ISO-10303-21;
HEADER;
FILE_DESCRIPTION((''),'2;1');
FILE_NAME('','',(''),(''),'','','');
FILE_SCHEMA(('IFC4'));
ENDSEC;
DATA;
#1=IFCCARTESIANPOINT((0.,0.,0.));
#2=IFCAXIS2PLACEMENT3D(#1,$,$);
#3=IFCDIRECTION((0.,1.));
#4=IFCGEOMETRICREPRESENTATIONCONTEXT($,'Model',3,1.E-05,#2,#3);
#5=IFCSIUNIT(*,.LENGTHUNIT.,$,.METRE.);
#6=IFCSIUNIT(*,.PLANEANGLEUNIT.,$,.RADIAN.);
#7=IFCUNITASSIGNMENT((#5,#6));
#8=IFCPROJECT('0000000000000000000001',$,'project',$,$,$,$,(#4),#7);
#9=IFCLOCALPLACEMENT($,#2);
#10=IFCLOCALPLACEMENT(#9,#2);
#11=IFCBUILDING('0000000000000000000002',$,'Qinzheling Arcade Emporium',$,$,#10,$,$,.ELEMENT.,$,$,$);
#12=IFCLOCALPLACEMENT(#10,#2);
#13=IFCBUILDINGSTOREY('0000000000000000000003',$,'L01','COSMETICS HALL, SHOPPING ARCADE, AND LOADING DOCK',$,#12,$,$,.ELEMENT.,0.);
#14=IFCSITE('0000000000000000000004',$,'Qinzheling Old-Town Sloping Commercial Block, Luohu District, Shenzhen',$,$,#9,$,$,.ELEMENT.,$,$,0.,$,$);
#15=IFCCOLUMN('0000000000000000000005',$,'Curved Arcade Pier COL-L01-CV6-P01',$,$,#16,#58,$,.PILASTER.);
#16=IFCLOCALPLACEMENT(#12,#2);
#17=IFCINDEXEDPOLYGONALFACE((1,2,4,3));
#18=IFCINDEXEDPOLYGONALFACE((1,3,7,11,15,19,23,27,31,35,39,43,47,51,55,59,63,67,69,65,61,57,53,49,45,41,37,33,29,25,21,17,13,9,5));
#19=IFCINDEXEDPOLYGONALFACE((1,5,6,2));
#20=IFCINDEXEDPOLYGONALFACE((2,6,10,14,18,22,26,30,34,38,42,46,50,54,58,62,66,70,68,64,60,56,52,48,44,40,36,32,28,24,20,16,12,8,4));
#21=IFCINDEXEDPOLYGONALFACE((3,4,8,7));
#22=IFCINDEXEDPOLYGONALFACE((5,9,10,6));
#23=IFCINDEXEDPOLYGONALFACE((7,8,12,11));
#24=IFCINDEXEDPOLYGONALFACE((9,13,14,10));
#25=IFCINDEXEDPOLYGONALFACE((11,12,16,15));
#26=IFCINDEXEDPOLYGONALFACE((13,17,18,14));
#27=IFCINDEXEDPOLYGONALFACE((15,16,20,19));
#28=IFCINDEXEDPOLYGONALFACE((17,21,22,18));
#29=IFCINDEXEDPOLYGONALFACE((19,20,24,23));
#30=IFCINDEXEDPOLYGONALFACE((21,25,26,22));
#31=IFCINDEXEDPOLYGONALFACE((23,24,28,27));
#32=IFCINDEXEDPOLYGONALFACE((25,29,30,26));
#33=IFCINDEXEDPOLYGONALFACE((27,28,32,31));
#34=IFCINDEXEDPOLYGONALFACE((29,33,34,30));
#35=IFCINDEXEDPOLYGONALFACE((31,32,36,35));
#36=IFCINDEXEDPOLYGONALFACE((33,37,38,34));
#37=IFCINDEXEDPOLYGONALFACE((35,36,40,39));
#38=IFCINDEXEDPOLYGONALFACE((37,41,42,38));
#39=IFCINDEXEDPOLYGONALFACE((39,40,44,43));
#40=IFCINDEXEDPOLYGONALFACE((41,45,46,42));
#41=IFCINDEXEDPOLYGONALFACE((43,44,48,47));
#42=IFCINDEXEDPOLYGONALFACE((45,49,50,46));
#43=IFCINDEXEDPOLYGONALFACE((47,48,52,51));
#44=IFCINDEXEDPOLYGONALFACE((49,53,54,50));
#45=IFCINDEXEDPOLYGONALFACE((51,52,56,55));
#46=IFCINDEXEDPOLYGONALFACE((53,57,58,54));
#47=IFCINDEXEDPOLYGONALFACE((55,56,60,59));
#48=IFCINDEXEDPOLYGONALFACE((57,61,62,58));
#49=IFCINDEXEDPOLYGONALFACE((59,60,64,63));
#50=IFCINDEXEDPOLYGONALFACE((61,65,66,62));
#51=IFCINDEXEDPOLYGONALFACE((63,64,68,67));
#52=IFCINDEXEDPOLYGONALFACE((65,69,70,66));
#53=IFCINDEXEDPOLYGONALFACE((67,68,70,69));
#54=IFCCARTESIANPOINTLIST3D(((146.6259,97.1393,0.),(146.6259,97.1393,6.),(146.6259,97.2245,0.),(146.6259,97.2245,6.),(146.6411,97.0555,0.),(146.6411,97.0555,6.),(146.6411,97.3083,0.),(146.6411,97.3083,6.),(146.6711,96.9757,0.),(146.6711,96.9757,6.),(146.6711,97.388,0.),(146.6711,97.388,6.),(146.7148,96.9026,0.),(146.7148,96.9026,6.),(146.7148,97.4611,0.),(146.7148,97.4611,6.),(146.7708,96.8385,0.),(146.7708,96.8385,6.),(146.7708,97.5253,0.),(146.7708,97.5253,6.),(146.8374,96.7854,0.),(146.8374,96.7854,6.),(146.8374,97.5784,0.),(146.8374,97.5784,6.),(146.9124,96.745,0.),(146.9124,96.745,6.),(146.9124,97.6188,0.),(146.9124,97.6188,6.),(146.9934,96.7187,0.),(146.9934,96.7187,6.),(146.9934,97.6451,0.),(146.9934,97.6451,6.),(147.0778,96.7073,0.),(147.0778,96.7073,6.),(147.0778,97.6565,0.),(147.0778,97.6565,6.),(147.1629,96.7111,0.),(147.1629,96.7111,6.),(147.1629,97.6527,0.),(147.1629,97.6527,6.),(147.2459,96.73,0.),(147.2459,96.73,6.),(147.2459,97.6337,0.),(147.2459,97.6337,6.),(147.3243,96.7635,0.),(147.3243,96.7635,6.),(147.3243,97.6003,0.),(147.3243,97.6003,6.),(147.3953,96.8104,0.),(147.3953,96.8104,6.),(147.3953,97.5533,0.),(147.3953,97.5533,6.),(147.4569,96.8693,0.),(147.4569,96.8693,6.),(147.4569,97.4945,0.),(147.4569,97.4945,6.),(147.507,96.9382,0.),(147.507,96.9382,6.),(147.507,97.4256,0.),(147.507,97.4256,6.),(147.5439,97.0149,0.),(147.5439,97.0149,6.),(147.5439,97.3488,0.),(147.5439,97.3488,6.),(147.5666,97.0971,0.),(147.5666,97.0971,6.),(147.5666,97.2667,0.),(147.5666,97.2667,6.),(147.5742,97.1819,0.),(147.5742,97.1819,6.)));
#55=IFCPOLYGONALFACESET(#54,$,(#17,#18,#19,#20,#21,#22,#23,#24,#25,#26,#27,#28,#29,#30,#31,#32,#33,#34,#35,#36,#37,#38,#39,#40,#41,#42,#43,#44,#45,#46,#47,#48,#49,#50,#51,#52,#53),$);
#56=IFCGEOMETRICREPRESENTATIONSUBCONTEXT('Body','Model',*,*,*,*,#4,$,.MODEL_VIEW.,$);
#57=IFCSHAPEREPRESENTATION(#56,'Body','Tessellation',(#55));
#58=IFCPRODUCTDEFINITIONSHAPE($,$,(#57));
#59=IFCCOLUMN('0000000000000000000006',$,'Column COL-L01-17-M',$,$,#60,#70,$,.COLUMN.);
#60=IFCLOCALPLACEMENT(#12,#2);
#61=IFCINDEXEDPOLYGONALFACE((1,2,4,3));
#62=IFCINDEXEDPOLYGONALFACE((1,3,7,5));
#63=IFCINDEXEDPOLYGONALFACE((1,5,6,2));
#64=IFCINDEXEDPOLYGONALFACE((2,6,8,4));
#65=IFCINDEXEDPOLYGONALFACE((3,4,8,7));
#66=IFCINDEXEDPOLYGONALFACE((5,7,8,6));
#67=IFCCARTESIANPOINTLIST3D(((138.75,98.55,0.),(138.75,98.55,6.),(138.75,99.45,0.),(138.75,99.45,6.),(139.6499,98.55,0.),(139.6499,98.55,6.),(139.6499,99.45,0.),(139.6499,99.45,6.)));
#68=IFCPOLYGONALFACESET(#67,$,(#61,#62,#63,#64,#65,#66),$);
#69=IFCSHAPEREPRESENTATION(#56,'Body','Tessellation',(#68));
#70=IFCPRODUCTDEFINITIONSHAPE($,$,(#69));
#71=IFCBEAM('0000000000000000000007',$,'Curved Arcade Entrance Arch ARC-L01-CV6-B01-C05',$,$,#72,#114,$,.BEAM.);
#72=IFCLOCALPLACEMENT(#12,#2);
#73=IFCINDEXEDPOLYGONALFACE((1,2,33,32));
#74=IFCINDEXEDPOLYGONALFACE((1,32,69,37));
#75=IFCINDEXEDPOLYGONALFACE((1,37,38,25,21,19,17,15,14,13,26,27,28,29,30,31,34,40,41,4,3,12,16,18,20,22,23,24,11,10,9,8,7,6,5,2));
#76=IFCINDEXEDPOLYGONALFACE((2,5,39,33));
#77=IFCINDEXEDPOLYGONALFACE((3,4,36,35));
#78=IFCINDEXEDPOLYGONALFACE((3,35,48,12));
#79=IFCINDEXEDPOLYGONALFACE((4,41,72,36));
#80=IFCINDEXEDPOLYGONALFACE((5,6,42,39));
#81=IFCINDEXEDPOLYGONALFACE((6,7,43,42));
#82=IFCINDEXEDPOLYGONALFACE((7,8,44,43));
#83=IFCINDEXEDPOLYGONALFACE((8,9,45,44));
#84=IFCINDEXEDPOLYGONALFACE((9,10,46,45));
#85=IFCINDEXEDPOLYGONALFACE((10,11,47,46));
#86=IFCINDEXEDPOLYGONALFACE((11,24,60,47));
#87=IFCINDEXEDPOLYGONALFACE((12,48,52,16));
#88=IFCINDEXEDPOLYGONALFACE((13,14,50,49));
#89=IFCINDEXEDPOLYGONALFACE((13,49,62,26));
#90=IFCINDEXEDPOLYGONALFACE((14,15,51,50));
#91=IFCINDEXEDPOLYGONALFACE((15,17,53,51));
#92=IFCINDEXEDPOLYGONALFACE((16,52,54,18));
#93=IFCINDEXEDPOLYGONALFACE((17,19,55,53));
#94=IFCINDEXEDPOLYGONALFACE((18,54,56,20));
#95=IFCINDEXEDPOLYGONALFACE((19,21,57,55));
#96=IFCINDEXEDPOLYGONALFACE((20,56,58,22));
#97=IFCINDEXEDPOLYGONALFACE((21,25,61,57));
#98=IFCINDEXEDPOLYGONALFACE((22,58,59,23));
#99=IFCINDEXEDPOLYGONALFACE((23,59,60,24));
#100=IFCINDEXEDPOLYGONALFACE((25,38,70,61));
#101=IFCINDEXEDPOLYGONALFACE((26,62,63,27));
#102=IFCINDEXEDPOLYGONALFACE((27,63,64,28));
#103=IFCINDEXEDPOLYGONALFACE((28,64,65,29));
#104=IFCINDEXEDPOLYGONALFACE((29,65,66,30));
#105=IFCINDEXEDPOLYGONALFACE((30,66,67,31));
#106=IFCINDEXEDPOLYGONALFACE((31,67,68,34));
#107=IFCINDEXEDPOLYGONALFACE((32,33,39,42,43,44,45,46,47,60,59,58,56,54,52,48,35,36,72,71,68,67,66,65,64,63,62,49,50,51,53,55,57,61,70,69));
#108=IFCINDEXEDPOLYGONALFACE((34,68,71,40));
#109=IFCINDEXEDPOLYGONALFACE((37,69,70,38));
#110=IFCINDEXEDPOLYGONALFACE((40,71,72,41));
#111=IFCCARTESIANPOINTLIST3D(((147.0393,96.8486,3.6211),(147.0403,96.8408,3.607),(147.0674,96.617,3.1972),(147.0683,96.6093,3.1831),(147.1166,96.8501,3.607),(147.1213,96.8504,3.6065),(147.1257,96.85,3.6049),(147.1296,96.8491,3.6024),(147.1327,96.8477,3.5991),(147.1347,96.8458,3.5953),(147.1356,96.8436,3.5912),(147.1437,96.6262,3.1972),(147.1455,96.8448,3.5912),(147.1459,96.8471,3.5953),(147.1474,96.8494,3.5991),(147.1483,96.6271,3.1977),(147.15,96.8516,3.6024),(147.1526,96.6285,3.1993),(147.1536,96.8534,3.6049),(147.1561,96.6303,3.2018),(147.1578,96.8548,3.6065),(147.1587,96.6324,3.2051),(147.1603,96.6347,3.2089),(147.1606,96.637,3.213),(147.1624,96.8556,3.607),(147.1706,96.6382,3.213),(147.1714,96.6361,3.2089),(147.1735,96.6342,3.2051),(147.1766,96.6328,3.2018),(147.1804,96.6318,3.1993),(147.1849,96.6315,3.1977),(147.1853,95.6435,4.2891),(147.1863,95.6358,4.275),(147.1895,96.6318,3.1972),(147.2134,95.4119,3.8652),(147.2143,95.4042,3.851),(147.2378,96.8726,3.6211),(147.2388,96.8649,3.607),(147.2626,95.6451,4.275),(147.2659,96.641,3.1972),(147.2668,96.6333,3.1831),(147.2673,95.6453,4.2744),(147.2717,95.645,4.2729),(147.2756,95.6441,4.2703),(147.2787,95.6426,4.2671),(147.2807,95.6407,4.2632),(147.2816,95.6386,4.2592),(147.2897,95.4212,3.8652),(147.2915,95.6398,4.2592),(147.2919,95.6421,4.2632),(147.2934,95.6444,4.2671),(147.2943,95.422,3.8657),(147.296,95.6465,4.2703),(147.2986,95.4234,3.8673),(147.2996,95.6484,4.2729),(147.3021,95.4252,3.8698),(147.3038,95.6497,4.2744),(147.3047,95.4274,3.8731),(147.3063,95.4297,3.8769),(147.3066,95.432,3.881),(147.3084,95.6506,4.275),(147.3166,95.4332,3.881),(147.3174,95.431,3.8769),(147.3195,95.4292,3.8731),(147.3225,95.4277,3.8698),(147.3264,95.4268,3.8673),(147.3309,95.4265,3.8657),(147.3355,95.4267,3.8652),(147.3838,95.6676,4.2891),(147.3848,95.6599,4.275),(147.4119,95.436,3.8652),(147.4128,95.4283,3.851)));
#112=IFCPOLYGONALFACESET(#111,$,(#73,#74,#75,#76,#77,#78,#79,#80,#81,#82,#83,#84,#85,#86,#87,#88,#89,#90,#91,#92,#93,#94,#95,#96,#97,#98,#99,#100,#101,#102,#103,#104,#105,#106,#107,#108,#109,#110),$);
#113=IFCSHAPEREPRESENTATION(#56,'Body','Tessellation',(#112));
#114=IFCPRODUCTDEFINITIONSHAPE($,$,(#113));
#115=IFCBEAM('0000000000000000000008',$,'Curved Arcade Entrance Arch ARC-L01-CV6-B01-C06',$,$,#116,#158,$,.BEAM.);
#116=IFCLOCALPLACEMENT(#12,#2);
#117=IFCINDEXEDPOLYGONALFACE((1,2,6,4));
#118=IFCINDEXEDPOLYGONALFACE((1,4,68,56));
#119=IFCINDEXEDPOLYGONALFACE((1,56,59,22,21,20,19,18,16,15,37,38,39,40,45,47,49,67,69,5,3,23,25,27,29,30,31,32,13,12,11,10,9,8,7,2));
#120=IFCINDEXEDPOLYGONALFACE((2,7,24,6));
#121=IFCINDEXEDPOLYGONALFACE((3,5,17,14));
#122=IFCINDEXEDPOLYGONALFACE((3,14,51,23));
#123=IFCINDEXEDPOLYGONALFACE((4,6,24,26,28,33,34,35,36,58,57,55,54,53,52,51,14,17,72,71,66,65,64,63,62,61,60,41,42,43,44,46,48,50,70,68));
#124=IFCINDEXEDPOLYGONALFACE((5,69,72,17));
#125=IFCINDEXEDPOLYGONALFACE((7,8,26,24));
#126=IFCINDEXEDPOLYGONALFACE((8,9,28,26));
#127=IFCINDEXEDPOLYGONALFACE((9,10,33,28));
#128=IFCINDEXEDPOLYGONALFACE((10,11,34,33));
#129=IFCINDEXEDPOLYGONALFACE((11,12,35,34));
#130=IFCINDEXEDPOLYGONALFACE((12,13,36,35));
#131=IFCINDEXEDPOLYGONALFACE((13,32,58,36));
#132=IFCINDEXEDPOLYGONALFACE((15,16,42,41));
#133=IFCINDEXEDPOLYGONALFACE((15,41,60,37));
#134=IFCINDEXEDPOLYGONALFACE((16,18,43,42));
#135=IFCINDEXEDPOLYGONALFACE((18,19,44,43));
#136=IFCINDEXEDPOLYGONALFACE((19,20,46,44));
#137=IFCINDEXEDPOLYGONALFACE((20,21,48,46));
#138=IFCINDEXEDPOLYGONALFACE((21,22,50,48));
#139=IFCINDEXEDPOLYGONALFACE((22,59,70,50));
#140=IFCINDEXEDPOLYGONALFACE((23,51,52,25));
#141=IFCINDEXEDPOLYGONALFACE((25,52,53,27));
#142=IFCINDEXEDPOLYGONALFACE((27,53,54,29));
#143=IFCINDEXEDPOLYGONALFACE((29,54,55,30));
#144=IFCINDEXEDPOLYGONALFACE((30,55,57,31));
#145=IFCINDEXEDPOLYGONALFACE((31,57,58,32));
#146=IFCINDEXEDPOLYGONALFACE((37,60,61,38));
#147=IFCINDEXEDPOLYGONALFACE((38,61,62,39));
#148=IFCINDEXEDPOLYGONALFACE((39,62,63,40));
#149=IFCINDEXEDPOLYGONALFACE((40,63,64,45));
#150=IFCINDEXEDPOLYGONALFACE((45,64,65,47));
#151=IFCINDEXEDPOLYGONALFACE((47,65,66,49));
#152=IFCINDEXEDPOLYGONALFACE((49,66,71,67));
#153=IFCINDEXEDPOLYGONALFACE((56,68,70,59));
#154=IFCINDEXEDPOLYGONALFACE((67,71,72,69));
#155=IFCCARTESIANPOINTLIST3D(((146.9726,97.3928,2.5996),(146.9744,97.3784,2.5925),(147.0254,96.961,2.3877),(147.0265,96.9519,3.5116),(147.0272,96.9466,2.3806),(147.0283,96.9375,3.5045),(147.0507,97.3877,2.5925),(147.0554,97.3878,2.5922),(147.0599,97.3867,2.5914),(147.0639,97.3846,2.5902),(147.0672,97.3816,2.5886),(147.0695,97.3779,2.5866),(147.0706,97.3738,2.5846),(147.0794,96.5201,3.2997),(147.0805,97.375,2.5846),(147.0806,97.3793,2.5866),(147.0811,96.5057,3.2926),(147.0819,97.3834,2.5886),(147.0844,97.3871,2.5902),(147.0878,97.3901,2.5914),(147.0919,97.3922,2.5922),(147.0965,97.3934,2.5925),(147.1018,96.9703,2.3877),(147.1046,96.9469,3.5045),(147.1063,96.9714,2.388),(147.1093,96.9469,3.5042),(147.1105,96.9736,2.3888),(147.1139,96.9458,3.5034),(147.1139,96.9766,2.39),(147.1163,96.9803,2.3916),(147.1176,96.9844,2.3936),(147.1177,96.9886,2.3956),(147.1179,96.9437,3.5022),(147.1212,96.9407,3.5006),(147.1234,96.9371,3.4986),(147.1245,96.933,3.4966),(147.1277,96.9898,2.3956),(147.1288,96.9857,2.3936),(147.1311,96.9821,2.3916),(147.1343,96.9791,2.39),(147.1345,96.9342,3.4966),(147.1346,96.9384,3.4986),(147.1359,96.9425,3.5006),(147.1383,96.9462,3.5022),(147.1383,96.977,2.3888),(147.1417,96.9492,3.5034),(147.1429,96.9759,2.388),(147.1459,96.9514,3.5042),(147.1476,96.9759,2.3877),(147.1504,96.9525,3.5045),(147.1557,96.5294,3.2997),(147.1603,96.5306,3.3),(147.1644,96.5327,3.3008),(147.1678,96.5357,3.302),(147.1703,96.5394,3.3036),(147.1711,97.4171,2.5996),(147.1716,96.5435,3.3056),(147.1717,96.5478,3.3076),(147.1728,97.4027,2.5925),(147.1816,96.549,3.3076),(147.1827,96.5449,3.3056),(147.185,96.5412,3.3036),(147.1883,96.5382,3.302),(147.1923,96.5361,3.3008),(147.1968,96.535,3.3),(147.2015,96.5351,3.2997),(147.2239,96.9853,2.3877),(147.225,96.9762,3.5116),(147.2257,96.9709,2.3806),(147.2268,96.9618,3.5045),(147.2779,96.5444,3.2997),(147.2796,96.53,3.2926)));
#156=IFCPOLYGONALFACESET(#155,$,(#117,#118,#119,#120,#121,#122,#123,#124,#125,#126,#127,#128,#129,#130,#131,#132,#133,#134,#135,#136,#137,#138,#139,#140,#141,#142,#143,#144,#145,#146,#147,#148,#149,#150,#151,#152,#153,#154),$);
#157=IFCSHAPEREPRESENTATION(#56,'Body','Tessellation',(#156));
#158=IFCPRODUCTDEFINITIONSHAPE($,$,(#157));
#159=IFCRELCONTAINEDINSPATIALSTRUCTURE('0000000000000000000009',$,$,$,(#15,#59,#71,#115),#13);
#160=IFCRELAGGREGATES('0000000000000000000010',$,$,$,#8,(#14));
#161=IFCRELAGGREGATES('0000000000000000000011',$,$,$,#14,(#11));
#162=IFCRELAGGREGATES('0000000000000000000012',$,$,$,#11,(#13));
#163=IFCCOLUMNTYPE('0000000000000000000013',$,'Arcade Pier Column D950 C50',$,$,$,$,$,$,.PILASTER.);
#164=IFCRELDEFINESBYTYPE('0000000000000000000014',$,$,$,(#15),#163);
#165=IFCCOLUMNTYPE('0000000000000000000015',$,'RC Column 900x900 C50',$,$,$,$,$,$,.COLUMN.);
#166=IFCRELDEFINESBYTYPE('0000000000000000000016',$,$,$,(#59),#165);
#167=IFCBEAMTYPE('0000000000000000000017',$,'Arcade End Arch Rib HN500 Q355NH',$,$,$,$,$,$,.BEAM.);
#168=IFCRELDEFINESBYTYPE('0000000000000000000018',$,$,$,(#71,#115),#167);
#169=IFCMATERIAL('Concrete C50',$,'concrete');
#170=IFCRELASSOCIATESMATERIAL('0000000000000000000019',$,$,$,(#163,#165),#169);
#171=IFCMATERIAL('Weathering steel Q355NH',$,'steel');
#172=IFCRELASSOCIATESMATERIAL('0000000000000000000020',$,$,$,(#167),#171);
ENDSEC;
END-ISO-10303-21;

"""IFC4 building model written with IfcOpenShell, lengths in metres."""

from ifc_helpers import new_model, si_unit, direction, frame, origin, origin_2d, place, context, subcontext, project, spatial, rectangle, circle, i_section, extrude, material, material_profile, profile_set, type_object, element, save


model = new_model("IFC4")

# Units and contexts
model_context = context("Model", 3, precision=1e-05, world=origin(), true_north=direction((0.0, 1.0)))
body_context = subcontext(model_context, "Body", "Model", "MODEL_VIEW")
ifc_project = project(units=[si_unit("LENGTHUNIT", "METRE"), si_unit("PLANEANGLEUNIT", "RADIAN")], contexts=[model_context])

# Site, building, storey
site_placement = place(None, origin())
site = spatial("IfcSite", under=ifc_project, at=site_placement, Name="Qinzheling Old-Town Sloping Commercial Block, Luohu District, Shenzhen", CompositionType="ELEMENT", RefElevation=0.0)
building_placement = place(site_placement, origin())
building = spatial("IfcBuilding", under=site, at=building_placement, Name="Qinzheling Arcade Emporium", CompositionType="ELEMENT")
storey_placement = place(building_placement, origin())
storey = spatial("IfcBuildingStorey", under=building, at=storey_placement, Name="L01", Description="COSMETICS HALL, SHOPPING ARCADE, AND LOADING DOCK", CompositionType="ELEMENT", Elevation=0.0)

# Columns
ifc_material_1 = material(Name="Concrete C50", Category="concrete")
ifc_material_profile_1 = material_profile(ifc_material_1, circle(Radius=0.4751, at=origin_2d()), Name="RC D950", Category="concrete")
ifc_profile_set_1 = profile_set([ifc_material_profile_1], Name="Concrete C50")
column_type_1 = type_object("IfcColumnType", Name="Arcade Pier Column D950 C50", PredefinedType="PILASTER", material=ifc_profile_set_1)
column_1_placement = place(storey_placement, frame((147.0991, 97.1819, 0.0), z_axis=(0.0, 0.0, 1.0), x_axis=(1.0, 0.0, 0.0)))
element("IfcColumn", 1, at=column_1_placement, inside=storey, type_object=column_type_1, Name="Curved Arcade Pier COL-L01-CV6-P01", PredefinedType="PILASTER", context=body_context, shape_type="SweptSolid", body=[
    extrude(circle(Radius=0.4751, at=origin_2d()), origin(), (0.0, 0.0, 1.0), 6.0),
])
ifc_material_profile_2 = material_profile(ifc_material_1, rectangle(XDim=0.8999, YDim=0.8999, at=origin_2d()), Name="RC 900x900", Category="concrete")
ifc_profile_set_2 = profile_set([ifc_material_profile_2], Name="Concrete C50")
column_type_2 = type_object("IfcColumnType", Name="RC Column 900x900 C50", PredefinedType="COLUMN", material=ifc_profile_set_2)
column_2_placement = place(storey_placement, frame((139.2, 99.0, 0.0), z_axis=(0.0, 0.0, 1.0), x_axis=(1.0, 0.0, 0.0)))
element("IfcColumn", 2, at=column_2_placement, inside=storey, type_object=column_type_2, Name="Column COL-L01-17-M", PredefinedType="COLUMN", context=body_context, shape_type="SweptSolid", body=[
    extrude(rectangle(XDim=0.8999, YDim=0.8999, at=origin_2d()), origin(), (0.0, 0.0, 1.0), 6.0),
])

# Beams
ifc_material_2 = material(Name="Weathering steel Q355NH", Category="steel")
ifc_material_profile_3 = material_profile(ifc_material_2, i_section(OverallWidth=0.2, OverallDepth=0.5, WebThickness=0.01, FlangeThickness=0.0161, FilletRadius=0.0181, at=origin_2d()), Name="HN 500x200x10x16", Category="steel")
ifc_profile_set_3 = profile_set([ifc_material_profile_3], Name="Weathering steel Q355NH")
beam_type_1 = type_object("IfcBeamType", Name="Arcade End Arch Rib HN500 Q355NH", PredefinedType="BEAM", material=ifc_profile_set_3)
beam_1_placement = place(storey_placement, frame((147.2991, 95.5359, 4.0701), z_axis=(-0.105372, 0.869756, -0.482101), x_axis=(-0.992741, -0.120271, 0.0)))
element("IfcBeam", 3, at=beam_1_placement, inside=storey, type_object=beam_type_1, Name="Curved Arcade Entrance Arch ARC-L01-CV6-B01-C05", PredefinedType="BEAM", context=body_context, shape_type="SweptSolid", body=[
    extrude(i_section(OverallWidth=0.2, OverallDepth=0.5, WebThickness=0.01, FlangeThickness=0.0161, FilletRadius=0.0181, at=origin_2d()), origin(), (0.0, 0.0, 1.0), 1.3855),
])
beam_2_placement = place(storey_placement, frame((147.1531, 96.741, 3.4021), z_axis=(-0.053183, 0.434605, -0.89905), x_axis=(-0.992596, -0.121464, 0.0)))
element("IfcBeam", 4, at=beam_2_placement, inside=storey, type_object=beam_type_1, Name="Curved Arcade Entrance Arch ARC-L01-CV6-B01-C06", PredefinedType="BEAM", context=body_context, shape_type="SweptSolid", body=[
    extrude(i_section(OverallWidth=0.2, OverallDepth=0.5, WebThickness=0.01, FlangeThickness=0.0161, FilletRadius=0.0181, at=origin_2d()), origin(), (0.0, 0.0, 1.0), 1.0144),
])

save(model, "model.ifc")
